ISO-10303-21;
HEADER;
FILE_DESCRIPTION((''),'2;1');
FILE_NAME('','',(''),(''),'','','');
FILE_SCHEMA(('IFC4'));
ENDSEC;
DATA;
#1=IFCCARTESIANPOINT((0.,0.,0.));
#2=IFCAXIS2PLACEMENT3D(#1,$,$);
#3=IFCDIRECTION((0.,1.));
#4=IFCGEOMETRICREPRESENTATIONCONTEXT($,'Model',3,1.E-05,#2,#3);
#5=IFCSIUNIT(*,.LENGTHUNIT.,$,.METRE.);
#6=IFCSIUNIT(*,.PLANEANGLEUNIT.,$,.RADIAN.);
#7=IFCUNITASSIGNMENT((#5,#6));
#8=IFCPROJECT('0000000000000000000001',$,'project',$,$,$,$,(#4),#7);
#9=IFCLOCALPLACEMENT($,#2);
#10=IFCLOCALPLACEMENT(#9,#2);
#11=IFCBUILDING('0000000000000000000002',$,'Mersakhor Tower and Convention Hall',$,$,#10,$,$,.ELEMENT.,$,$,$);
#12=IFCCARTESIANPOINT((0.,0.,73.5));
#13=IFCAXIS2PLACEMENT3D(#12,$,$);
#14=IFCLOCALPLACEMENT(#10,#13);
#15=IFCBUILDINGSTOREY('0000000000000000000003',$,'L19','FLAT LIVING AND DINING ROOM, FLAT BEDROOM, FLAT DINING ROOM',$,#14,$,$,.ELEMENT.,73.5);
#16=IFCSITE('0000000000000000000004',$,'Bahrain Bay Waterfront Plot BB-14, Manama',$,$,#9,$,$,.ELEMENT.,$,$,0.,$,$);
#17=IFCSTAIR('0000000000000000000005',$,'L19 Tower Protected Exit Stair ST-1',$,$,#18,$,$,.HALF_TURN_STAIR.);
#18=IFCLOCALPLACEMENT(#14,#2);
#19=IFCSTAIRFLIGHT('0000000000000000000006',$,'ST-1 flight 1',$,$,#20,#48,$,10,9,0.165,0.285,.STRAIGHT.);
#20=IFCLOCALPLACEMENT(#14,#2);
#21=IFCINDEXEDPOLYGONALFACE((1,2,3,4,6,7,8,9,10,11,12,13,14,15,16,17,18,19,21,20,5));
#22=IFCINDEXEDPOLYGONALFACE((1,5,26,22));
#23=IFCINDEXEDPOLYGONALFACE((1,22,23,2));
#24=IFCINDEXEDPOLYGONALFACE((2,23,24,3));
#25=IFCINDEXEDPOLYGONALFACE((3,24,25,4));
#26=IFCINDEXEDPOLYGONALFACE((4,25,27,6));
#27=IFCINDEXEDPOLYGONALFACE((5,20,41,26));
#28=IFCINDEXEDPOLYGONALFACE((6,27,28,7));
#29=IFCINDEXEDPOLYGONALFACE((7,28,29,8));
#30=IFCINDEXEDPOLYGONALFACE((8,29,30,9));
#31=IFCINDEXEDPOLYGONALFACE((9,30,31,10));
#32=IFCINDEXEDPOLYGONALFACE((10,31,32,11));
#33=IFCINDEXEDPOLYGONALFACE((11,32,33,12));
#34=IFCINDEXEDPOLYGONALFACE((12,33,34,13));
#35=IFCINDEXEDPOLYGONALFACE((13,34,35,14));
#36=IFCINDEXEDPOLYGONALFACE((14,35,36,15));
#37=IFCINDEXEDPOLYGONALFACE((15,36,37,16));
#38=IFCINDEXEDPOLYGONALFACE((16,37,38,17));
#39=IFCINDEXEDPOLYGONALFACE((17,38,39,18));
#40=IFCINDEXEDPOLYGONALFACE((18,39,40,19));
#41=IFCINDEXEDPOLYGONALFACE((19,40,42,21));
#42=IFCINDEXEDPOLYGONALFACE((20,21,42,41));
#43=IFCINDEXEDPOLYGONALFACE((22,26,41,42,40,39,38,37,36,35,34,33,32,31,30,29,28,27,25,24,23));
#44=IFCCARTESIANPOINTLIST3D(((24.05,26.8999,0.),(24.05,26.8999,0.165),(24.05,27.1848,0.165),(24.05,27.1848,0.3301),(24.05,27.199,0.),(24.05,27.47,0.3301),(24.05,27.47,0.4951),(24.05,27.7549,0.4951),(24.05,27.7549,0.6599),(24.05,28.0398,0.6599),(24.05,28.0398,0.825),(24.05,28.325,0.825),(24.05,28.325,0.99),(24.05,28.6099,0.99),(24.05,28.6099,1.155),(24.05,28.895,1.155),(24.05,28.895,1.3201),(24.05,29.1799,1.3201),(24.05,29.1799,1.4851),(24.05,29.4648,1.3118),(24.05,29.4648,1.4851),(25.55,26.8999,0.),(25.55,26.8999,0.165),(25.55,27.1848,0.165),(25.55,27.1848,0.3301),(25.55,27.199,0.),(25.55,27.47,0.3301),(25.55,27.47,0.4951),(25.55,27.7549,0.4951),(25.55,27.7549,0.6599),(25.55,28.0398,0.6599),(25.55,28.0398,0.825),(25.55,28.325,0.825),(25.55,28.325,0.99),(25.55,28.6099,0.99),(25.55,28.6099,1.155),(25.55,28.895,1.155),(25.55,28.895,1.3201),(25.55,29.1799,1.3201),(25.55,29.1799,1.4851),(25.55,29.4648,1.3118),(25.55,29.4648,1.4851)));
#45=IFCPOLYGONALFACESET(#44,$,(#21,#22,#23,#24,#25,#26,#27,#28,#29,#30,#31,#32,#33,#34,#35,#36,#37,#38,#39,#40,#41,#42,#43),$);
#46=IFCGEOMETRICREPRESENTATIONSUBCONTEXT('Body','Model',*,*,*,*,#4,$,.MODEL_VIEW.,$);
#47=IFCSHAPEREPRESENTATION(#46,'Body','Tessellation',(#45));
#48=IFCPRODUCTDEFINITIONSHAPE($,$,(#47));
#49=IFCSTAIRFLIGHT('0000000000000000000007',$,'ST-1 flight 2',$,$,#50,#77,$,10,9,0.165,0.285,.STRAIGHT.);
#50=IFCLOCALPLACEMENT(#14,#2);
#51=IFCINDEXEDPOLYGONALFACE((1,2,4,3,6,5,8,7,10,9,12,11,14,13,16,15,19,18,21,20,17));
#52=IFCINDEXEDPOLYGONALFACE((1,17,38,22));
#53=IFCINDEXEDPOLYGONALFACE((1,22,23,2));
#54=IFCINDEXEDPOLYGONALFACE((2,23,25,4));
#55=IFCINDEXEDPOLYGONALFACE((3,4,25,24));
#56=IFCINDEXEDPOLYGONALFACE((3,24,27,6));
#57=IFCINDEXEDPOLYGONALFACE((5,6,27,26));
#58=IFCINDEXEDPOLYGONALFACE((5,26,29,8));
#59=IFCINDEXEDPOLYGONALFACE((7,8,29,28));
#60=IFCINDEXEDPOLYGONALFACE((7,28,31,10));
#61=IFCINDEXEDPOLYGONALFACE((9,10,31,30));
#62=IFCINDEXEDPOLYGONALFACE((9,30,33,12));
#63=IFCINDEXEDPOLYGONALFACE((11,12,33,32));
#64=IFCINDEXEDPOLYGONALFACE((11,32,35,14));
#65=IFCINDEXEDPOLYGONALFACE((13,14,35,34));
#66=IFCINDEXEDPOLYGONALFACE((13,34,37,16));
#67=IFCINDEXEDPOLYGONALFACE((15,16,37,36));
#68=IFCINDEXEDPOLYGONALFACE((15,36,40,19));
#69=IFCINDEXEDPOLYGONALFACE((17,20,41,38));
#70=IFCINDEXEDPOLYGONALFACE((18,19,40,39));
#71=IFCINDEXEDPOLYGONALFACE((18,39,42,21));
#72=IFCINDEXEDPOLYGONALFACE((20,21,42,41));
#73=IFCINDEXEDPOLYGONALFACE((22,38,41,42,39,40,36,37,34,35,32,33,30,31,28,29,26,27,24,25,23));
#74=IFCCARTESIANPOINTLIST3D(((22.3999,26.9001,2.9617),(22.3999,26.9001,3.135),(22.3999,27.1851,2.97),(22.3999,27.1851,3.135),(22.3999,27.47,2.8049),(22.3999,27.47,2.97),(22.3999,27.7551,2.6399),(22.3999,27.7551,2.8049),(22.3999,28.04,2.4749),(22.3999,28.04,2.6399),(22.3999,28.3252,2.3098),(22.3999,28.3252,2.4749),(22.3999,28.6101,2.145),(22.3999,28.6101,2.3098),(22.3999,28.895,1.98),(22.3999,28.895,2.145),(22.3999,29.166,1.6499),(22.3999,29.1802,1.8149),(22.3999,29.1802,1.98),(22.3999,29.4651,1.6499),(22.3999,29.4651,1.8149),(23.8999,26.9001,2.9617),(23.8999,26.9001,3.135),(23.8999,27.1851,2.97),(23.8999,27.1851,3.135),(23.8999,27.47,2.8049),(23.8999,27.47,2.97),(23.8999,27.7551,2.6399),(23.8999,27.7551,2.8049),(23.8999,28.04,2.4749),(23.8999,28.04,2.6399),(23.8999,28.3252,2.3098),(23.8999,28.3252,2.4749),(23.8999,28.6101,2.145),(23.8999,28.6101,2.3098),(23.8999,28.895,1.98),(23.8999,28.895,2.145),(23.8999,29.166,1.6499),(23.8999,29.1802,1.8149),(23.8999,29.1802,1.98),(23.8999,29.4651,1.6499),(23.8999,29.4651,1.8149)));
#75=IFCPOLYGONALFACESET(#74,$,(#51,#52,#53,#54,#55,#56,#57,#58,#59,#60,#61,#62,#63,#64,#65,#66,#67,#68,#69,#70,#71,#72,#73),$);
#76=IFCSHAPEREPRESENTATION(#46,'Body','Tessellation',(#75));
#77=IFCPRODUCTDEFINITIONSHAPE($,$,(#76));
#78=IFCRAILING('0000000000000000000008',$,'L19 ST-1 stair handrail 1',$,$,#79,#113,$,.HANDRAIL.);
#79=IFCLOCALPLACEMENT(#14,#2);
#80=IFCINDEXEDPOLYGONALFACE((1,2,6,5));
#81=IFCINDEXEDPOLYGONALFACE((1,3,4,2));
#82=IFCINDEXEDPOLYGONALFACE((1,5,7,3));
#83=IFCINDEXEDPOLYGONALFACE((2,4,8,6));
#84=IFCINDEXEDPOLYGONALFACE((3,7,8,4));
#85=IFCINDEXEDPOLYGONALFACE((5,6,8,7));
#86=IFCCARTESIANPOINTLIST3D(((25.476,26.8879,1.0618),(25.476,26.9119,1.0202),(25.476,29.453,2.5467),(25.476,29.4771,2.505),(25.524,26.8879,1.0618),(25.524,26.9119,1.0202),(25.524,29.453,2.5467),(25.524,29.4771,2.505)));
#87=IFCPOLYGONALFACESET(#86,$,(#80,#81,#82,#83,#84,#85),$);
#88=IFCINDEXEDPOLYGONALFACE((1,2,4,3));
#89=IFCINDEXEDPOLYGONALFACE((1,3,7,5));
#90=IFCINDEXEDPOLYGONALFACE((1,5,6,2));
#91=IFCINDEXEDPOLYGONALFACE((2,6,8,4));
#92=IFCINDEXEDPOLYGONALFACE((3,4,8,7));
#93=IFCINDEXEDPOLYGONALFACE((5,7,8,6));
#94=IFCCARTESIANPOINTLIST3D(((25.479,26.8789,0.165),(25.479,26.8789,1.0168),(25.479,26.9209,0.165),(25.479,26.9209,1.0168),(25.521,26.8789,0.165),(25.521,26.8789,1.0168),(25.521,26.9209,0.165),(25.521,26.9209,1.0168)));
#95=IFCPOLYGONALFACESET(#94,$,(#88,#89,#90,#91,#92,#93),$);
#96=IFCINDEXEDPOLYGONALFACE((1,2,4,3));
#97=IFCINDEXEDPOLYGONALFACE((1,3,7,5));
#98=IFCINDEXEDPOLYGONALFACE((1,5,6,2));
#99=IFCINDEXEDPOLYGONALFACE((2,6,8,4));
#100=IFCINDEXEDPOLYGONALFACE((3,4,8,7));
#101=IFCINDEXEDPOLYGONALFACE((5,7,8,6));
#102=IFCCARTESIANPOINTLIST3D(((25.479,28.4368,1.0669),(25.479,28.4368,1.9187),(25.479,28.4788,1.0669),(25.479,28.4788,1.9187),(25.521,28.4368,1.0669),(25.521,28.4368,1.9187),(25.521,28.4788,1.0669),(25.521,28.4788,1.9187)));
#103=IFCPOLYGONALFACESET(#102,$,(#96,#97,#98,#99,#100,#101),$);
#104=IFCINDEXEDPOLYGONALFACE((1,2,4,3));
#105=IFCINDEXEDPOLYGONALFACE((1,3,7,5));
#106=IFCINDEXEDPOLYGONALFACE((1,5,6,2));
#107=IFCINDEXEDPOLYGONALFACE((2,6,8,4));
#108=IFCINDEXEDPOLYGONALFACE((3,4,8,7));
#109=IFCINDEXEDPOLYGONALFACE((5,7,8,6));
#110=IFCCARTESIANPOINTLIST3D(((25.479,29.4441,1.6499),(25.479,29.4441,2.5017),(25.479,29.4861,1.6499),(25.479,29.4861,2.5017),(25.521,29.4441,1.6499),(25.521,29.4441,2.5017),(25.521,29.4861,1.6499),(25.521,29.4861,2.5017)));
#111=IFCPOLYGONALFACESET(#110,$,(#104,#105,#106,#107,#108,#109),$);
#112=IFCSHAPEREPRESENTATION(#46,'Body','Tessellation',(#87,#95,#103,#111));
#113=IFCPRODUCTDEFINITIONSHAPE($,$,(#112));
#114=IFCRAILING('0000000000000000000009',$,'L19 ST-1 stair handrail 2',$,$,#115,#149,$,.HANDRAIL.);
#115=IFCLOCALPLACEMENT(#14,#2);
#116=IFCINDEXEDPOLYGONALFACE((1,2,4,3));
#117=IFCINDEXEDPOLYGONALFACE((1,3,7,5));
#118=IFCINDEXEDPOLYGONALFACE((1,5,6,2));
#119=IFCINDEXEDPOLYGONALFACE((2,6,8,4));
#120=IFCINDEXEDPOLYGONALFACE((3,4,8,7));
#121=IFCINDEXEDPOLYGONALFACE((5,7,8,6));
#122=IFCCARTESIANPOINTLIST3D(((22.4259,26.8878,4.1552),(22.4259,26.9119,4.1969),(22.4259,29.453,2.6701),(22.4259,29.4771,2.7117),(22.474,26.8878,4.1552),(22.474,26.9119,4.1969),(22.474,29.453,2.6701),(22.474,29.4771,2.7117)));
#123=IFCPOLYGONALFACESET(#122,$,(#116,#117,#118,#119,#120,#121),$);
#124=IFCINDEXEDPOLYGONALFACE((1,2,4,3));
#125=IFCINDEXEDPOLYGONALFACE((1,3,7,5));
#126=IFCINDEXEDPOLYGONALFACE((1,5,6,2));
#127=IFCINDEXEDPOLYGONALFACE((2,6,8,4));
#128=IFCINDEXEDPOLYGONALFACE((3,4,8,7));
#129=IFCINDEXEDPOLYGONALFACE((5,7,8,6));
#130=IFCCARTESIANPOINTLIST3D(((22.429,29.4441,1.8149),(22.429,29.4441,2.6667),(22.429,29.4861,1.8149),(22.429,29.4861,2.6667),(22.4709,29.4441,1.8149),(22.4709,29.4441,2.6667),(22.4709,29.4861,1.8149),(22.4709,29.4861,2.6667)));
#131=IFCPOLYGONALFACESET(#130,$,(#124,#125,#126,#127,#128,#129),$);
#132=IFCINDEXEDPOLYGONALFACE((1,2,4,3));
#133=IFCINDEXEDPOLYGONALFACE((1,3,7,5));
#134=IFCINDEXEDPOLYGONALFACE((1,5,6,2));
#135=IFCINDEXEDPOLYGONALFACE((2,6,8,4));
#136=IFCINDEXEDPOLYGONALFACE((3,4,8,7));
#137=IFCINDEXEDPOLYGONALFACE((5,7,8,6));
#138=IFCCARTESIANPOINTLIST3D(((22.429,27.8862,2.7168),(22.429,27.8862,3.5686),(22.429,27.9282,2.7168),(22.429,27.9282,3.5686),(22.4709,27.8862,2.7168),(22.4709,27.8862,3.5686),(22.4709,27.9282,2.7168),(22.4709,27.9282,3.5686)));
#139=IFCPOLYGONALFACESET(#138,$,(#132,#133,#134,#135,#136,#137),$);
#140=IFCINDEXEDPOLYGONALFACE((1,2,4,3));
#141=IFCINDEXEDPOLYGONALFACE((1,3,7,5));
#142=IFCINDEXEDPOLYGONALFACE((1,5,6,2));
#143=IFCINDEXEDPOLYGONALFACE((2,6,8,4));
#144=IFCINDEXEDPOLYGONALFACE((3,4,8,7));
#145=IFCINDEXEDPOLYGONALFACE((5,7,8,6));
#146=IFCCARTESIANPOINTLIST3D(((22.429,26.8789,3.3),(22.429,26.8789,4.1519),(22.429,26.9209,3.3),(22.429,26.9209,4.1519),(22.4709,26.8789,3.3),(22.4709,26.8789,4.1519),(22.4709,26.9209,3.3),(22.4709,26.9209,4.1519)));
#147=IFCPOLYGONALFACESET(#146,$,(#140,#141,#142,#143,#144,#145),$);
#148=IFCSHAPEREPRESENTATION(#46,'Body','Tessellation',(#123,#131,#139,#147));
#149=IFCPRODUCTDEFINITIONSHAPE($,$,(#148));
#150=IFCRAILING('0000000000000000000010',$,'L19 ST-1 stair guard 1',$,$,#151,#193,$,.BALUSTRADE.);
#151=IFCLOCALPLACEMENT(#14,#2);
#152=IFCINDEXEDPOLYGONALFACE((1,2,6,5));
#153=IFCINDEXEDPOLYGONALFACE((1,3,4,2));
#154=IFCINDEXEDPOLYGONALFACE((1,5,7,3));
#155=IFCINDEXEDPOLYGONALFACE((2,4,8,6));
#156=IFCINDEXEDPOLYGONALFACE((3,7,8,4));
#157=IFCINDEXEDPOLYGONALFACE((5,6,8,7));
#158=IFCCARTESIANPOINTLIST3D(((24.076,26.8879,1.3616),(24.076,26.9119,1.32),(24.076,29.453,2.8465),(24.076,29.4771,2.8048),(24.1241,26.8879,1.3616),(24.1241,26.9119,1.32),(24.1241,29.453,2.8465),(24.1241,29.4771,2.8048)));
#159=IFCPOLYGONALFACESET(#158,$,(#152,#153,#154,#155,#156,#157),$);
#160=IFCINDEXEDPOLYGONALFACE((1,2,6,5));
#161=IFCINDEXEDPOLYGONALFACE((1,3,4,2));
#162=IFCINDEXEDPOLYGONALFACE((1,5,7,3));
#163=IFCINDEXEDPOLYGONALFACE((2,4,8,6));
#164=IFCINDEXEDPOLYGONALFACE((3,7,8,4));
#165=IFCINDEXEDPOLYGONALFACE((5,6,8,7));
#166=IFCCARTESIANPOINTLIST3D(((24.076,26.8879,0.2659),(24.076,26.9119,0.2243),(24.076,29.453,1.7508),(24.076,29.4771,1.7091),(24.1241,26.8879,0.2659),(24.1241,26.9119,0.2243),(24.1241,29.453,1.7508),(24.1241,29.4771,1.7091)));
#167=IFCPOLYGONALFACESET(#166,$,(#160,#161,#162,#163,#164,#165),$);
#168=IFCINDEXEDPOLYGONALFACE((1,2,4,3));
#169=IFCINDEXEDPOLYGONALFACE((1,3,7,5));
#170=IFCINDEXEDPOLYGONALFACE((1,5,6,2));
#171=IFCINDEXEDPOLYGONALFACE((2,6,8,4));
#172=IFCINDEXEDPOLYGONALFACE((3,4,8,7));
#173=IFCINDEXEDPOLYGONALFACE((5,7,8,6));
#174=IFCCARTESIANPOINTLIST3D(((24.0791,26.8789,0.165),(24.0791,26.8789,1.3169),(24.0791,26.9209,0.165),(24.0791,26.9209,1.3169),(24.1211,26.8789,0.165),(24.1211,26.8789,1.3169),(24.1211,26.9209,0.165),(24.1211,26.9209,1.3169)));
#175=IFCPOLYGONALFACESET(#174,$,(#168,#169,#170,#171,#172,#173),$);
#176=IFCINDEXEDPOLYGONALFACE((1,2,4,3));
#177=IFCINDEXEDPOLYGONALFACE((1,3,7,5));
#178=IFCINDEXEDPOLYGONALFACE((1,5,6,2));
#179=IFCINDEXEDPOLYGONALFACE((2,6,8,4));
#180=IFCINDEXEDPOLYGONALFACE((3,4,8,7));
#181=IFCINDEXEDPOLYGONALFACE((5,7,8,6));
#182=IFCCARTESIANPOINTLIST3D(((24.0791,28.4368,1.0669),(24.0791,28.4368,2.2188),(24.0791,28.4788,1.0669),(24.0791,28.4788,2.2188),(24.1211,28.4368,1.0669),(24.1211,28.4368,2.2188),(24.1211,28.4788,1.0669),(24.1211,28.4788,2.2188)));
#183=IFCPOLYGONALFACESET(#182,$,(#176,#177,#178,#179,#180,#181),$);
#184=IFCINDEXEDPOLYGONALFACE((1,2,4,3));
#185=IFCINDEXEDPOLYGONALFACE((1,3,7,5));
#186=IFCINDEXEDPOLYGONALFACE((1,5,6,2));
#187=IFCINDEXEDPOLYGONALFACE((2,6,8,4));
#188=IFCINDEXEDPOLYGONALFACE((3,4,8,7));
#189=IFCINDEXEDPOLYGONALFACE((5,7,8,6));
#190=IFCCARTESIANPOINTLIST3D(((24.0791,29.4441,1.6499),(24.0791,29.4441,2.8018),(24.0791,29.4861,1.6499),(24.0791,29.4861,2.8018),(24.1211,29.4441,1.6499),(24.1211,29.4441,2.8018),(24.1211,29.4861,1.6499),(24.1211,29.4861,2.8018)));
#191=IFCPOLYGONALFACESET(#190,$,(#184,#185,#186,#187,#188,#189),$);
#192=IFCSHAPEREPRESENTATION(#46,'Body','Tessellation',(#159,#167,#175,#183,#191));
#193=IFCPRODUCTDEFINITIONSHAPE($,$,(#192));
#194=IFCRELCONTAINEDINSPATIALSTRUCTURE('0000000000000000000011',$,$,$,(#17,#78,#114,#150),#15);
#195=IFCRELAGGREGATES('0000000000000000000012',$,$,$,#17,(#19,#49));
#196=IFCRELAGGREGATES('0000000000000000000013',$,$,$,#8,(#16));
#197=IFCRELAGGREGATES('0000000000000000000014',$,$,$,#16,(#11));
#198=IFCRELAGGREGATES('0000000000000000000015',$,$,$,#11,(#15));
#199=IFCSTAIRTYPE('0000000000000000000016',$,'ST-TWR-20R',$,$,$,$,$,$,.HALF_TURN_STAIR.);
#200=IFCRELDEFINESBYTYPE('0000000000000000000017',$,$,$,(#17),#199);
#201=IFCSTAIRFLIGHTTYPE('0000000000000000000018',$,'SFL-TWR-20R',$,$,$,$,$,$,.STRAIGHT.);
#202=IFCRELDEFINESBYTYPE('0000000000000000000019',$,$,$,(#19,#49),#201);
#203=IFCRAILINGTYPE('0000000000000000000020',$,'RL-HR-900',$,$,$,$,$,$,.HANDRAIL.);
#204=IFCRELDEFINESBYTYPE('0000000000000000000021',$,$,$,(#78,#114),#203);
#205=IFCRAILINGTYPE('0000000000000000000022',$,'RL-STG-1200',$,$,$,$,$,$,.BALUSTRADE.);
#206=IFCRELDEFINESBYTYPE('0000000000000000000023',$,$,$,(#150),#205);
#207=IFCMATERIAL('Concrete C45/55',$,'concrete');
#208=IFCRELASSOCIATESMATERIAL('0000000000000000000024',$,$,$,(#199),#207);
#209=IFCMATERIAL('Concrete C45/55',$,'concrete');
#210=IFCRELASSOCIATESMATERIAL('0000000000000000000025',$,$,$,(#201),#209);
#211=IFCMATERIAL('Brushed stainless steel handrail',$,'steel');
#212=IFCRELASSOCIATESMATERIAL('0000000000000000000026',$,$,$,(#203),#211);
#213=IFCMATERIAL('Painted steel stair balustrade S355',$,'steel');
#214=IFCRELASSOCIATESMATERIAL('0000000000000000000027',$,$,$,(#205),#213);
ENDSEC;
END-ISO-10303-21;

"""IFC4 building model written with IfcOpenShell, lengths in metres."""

from ifc_helpers import new_model, si_unit, direction, frame, origin, origin_2d, place, context, subcontext, project, spatial, polyline, rectangle, outline, extrude, material, type_object, element, aggregate, save


model = new_model("IFC4")

# Units and contexts
model_context = context("Model", 3, precision=1e-05, world=origin(), true_north=direction((0.0, 1.0)))
body_context = subcontext(model_context, "Body", "Model", "MODEL_VIEW")
ifc_project = project(units=[si_unit("LENGTHUNIT", "METRE"), si_unit("PLANEANGLEUNIT", "RADIAN")], contexts=[model_context])

# Site, building, storey
site_placement = place(None, origin())
site = spatial("IfcSite", under=ifc_project, at=site_placement, Name="Bahrain Bay Waterfront Plot BB-14, Manama", CompositionType="ELEMENT", RefElevation=0.0)
building_placement = place(site_placement, origin())
building = spatial("IfcBuilding", under=site, at=building_placement, Name="Mersakhor Tower and Convention Hall", CompositionType="ELEMENT")
storey_placement = place(building_placement, frame((0.0, 0.0, 73.5)))
storey = spatial("IfcBuildingStorey", under=building, at=storey_placement, Name="L19", Description="FLAT LIVING AND DINING ROOM, FLAT BEDROOM, FLAT DINING ROOM", CompositionType="ELEMENT", Elevation=73.5)

# Stair, stair flights
ifc_material_1 = material(Name="Concrete C45/55", Category="concrete")
stair_type = type_object("IfcStairType", Name="ST-TWR-20R", PredefinedType="HALF_TURN_STAIR", material=ifc_material_1)
stair_placement = place(storey_placement, origin())
stair = element("IfcStair", 1, at=stair_placement, inside=storey, type_object=stair_type, Name="L19 Tower Protected Exit Stair ST-1", PredefinedType="HALF_TURN_STAIR")
ifc_material_2 = material(Name="Concrete C45/55", Category="concrete")
stair_flight_type = type_object("IfcStairFlightType", Name="SFL-TWR-20R", PredefinedType="STRAIGHT", material=ifc_material_2)
stair_flight_1_placement = place(storey_placement, frame((24.8, 26.8999, 0.0), z_axis=(0.0, 0.0, 1.0), x_axis=(0.0, 1.0, 0.0)))
stair_flight_1 = element("IfcStairFlight", 2, at=stair_flight_1_placement, type_object=stair_flight_type, Name="ST-1 flight 1", NumberOfRisers=10, NumberOfTreads=9, PredefinedType="STRAIGHT", RiserHeight=0.165, TreadLength=0.285, context=body_context, shape_type="SweptSolid", body=[
    extrude(outline(polyline([(0.0, 0.0), (0.0, 0.165), (0.2849, 0.165), (0.2849, 0.3301), (0.5701, 0.3301), (0.5701, 0.4951), (0.855, 0.4951), (0.855, 0.6599), (1.1399, 0.6599), (1.1399, 0.825), (1.425, 0.825), (1.425, 0.99), (1.71, 0.99), (1.71, 1.155), (1.9951, 1.155), (1.9951, 1.3201), (2.28, 1.3201), (2.28, 1.4851), (2.5649, 1.4851), (2.5649, 1.6499), (2.5649, 1.3118), (0.2991, 0.0), (0.0, 0.0)])), frame((0.0, 0.75, 0.0), z_axis=(0.0, -1.0, 0.0), x_axis=(1.0, 0.0, 0.0)), (0.0, 0.0, 1.0), 1.5),
])
stair_flight_2_placement = place(storey_placement, frame((23.1499, 29.4651, 1.6499), z_axis=(0.0, 0.0, 1.0), x_axis=(0.0, -1.0, 0.0)))
stair_flight_2 = element("IfcStairFlight", 3, at=stair_flight_2_placement, type_object=stair_flight_type, Name="ST-1 flight 2", NumberOfRisers=10, NumberOfTreads=9, PredefinedType="STRAIGHT", RiserHeight=0.165, TreadLength=0.285, context=body_context, shape_type="SweptSolid", body=[
    extrude(outline(polyline([(0.0, 0.0), (0.0, 0.165), (0.2849, 0.165), (0.2849, 0.3301), (0.5701, 0.3301), (0.5701, 0.4951), (0.855, 0.4951), (0.855, 0.6599), (1.1399, 0.6599), (1.1399, 0.825), (1.425, 0.825), (1.425, 0.99), (1.71, 0.99), (1.71, 1.155), (1.9951, 1.155), (1.9951, 1.3201), (2.28, 1.3201), (2.28, 1.4851), (2.5649, 1.4851), (2.5649, 1.6499), (2.5649, 1.3118), (0.2991, 0.0), (0.0, 0.0)])), frame((0.0, 0.75, 0.0), z_axis=(0.0, -1.0, 0.0), x_axis=(1.0, 0.0, 0.0)), (0.0, 0.0, 1.0), 1.5),
])
aggregate(stair, [stair_flight_1, stair_flight_2])

# Railings
ifc_material_3 = material(Name="Brushed stainless steel handrail", Category="steel")
railing_type_1 = type_object("IfcRailingType", Name="RL-HR-900", PredefinedType="HANDRAIL", material=ifc_material_3)
railing_1_placement = place(storey_placement, frame((25.5, 26.8999, 0.165)))
element("IfcRailing", 4, at=railing_1_placement, inside=storey, type_object=railing_type_1, Name="L19 ST-1 stair handrail 1", PredefinedType="HANDRAIL", context=body_context, shape_type="SweptSolid", body=[
    extrude(rectangle(XDim=0.0481, YDim=0.0481, at=origin_2d()), frame((0.0, 0.0, 0.876), z_axis=(0.0, 0.865462, 0.500975), x_axis=(-1.0, 0.0, 0.0)), (0.0, 0.0, 1.0), 2.9639),
    extrude(rectangle(XDim=0.042, YDim=0.042, at=origin_2d()), origin(), (0.0, 0.0, 1.0), 0.8518),
    extrude(rectangle(XDim=0.042, YDim=0.042, at=origin_2d()), frame((0.0, 1.5579, 0.9019)), (0.0, 0.0, 1.0), 0.8518),
    extrude(rectangle(XDim=0.042, YDim=0.042, at=origin_2d()), frame((0.0, 2.5652, 1.4849)), (0.0, 0.0, 1.0), 0.8518),
])
railing_2_placement = place(storey_placement, frame((22.45, 29.4651, 1.8149)))
element("IfcRailing", 5, at=railing_2_placement, inside=storey, type_object=railing_type_1, Name="L19 ST-1 stair handrail 2", PredefinedType="HANDRAIL", context=body_context, shape_type="SweptSolid", body=[
    extrude(rectangle(XDim=0.0481, YDim=0.0481, at=origin_2d()), frame((0.0, 0.0, 0.876), z_axis=(0.0, -0.865426, 0.501036), x_axis=(1.0, 0.0, 0.0)), (0.0, 0.0, 1.0), 2.9641),
    extrude(rectangle(XDim=0.042, YDim=0.042, at=origin_2d()), origin(), (0.0, 0.0, 1.0), 0.8518),
    extrude(rectangle(XDim=0.042, YDim=0.042, at=origin_2d()), frame((0.0, -1.5579, 0.9019)), (0.0, 0.0, 1.0), 0.8518),
    extrude(rectangle(XDim=0.042, YDim=0.042, at=origin_2d()), frame((0.0, -2.5652, 1.4851)), (0.0, 0.0, 1.0), 0.8518),
])
ifc_material_4 = material(Name="Painted steel stair balustrade S355", Category="steel")
railing_type_2 = type_object("IfcRailingType", Name="RL-STG-1200", PredefinedType="BALUSTRADE", material=ifc_material_4)
railing_3_placement = place(storey_placement, frame((24.1001, 26.8999, 0.165)))
element("IfcRailing", 6, at=railing_3_placement, inside=storey, type_object=railing_type_2, Name="L19 ST-1 stair guard 1", PredefinedType="BALUSTRADE", context=body_context, shape_type="SweptSolid", body=[
    extrude(rectangle(XDim=0.0481, YDim=0.0481, at=origin_2d()), frame((0.0, 0.0, 1.1758), z_axis=(0.0, 0.865462, 0.500975), x_axis=(-1.0, 0.0, 0.0)), (0.0, 0.0, 1.0), 2.9639),
    extrude(rectangle(XDim=0.0481, YDim=0.0481, at=origin_2d()), frame((0.0, 0.0, 0.0801), z_axis=(0.0, 0.865462, 0.500975), x_axis=(-1.0, 0.0, 0.0)), (0.0, 0.0, 1.0), 2.9639),
    extrude(rectangle(XDim=0.042, YDim=0.042, at=origin_2d()), origin(), (0.0, 0.0, 1.0), 1.1519),
    extrude(rectangle(XDim=0.042, YDim=0.042, at=origin_2d()), frame((0.0, 1.5579, 0.9019)), (0.0, 0.0, 1.0), 1.1519),
    extrude(rectangle(XDim=0.042, YDim=0.042, at=origin_2d()), frame((0.0, 2.5652, 1.4849)), (0.0, 0.0, 1.0), 1.1519),
])

save(model, "model.ifc")
